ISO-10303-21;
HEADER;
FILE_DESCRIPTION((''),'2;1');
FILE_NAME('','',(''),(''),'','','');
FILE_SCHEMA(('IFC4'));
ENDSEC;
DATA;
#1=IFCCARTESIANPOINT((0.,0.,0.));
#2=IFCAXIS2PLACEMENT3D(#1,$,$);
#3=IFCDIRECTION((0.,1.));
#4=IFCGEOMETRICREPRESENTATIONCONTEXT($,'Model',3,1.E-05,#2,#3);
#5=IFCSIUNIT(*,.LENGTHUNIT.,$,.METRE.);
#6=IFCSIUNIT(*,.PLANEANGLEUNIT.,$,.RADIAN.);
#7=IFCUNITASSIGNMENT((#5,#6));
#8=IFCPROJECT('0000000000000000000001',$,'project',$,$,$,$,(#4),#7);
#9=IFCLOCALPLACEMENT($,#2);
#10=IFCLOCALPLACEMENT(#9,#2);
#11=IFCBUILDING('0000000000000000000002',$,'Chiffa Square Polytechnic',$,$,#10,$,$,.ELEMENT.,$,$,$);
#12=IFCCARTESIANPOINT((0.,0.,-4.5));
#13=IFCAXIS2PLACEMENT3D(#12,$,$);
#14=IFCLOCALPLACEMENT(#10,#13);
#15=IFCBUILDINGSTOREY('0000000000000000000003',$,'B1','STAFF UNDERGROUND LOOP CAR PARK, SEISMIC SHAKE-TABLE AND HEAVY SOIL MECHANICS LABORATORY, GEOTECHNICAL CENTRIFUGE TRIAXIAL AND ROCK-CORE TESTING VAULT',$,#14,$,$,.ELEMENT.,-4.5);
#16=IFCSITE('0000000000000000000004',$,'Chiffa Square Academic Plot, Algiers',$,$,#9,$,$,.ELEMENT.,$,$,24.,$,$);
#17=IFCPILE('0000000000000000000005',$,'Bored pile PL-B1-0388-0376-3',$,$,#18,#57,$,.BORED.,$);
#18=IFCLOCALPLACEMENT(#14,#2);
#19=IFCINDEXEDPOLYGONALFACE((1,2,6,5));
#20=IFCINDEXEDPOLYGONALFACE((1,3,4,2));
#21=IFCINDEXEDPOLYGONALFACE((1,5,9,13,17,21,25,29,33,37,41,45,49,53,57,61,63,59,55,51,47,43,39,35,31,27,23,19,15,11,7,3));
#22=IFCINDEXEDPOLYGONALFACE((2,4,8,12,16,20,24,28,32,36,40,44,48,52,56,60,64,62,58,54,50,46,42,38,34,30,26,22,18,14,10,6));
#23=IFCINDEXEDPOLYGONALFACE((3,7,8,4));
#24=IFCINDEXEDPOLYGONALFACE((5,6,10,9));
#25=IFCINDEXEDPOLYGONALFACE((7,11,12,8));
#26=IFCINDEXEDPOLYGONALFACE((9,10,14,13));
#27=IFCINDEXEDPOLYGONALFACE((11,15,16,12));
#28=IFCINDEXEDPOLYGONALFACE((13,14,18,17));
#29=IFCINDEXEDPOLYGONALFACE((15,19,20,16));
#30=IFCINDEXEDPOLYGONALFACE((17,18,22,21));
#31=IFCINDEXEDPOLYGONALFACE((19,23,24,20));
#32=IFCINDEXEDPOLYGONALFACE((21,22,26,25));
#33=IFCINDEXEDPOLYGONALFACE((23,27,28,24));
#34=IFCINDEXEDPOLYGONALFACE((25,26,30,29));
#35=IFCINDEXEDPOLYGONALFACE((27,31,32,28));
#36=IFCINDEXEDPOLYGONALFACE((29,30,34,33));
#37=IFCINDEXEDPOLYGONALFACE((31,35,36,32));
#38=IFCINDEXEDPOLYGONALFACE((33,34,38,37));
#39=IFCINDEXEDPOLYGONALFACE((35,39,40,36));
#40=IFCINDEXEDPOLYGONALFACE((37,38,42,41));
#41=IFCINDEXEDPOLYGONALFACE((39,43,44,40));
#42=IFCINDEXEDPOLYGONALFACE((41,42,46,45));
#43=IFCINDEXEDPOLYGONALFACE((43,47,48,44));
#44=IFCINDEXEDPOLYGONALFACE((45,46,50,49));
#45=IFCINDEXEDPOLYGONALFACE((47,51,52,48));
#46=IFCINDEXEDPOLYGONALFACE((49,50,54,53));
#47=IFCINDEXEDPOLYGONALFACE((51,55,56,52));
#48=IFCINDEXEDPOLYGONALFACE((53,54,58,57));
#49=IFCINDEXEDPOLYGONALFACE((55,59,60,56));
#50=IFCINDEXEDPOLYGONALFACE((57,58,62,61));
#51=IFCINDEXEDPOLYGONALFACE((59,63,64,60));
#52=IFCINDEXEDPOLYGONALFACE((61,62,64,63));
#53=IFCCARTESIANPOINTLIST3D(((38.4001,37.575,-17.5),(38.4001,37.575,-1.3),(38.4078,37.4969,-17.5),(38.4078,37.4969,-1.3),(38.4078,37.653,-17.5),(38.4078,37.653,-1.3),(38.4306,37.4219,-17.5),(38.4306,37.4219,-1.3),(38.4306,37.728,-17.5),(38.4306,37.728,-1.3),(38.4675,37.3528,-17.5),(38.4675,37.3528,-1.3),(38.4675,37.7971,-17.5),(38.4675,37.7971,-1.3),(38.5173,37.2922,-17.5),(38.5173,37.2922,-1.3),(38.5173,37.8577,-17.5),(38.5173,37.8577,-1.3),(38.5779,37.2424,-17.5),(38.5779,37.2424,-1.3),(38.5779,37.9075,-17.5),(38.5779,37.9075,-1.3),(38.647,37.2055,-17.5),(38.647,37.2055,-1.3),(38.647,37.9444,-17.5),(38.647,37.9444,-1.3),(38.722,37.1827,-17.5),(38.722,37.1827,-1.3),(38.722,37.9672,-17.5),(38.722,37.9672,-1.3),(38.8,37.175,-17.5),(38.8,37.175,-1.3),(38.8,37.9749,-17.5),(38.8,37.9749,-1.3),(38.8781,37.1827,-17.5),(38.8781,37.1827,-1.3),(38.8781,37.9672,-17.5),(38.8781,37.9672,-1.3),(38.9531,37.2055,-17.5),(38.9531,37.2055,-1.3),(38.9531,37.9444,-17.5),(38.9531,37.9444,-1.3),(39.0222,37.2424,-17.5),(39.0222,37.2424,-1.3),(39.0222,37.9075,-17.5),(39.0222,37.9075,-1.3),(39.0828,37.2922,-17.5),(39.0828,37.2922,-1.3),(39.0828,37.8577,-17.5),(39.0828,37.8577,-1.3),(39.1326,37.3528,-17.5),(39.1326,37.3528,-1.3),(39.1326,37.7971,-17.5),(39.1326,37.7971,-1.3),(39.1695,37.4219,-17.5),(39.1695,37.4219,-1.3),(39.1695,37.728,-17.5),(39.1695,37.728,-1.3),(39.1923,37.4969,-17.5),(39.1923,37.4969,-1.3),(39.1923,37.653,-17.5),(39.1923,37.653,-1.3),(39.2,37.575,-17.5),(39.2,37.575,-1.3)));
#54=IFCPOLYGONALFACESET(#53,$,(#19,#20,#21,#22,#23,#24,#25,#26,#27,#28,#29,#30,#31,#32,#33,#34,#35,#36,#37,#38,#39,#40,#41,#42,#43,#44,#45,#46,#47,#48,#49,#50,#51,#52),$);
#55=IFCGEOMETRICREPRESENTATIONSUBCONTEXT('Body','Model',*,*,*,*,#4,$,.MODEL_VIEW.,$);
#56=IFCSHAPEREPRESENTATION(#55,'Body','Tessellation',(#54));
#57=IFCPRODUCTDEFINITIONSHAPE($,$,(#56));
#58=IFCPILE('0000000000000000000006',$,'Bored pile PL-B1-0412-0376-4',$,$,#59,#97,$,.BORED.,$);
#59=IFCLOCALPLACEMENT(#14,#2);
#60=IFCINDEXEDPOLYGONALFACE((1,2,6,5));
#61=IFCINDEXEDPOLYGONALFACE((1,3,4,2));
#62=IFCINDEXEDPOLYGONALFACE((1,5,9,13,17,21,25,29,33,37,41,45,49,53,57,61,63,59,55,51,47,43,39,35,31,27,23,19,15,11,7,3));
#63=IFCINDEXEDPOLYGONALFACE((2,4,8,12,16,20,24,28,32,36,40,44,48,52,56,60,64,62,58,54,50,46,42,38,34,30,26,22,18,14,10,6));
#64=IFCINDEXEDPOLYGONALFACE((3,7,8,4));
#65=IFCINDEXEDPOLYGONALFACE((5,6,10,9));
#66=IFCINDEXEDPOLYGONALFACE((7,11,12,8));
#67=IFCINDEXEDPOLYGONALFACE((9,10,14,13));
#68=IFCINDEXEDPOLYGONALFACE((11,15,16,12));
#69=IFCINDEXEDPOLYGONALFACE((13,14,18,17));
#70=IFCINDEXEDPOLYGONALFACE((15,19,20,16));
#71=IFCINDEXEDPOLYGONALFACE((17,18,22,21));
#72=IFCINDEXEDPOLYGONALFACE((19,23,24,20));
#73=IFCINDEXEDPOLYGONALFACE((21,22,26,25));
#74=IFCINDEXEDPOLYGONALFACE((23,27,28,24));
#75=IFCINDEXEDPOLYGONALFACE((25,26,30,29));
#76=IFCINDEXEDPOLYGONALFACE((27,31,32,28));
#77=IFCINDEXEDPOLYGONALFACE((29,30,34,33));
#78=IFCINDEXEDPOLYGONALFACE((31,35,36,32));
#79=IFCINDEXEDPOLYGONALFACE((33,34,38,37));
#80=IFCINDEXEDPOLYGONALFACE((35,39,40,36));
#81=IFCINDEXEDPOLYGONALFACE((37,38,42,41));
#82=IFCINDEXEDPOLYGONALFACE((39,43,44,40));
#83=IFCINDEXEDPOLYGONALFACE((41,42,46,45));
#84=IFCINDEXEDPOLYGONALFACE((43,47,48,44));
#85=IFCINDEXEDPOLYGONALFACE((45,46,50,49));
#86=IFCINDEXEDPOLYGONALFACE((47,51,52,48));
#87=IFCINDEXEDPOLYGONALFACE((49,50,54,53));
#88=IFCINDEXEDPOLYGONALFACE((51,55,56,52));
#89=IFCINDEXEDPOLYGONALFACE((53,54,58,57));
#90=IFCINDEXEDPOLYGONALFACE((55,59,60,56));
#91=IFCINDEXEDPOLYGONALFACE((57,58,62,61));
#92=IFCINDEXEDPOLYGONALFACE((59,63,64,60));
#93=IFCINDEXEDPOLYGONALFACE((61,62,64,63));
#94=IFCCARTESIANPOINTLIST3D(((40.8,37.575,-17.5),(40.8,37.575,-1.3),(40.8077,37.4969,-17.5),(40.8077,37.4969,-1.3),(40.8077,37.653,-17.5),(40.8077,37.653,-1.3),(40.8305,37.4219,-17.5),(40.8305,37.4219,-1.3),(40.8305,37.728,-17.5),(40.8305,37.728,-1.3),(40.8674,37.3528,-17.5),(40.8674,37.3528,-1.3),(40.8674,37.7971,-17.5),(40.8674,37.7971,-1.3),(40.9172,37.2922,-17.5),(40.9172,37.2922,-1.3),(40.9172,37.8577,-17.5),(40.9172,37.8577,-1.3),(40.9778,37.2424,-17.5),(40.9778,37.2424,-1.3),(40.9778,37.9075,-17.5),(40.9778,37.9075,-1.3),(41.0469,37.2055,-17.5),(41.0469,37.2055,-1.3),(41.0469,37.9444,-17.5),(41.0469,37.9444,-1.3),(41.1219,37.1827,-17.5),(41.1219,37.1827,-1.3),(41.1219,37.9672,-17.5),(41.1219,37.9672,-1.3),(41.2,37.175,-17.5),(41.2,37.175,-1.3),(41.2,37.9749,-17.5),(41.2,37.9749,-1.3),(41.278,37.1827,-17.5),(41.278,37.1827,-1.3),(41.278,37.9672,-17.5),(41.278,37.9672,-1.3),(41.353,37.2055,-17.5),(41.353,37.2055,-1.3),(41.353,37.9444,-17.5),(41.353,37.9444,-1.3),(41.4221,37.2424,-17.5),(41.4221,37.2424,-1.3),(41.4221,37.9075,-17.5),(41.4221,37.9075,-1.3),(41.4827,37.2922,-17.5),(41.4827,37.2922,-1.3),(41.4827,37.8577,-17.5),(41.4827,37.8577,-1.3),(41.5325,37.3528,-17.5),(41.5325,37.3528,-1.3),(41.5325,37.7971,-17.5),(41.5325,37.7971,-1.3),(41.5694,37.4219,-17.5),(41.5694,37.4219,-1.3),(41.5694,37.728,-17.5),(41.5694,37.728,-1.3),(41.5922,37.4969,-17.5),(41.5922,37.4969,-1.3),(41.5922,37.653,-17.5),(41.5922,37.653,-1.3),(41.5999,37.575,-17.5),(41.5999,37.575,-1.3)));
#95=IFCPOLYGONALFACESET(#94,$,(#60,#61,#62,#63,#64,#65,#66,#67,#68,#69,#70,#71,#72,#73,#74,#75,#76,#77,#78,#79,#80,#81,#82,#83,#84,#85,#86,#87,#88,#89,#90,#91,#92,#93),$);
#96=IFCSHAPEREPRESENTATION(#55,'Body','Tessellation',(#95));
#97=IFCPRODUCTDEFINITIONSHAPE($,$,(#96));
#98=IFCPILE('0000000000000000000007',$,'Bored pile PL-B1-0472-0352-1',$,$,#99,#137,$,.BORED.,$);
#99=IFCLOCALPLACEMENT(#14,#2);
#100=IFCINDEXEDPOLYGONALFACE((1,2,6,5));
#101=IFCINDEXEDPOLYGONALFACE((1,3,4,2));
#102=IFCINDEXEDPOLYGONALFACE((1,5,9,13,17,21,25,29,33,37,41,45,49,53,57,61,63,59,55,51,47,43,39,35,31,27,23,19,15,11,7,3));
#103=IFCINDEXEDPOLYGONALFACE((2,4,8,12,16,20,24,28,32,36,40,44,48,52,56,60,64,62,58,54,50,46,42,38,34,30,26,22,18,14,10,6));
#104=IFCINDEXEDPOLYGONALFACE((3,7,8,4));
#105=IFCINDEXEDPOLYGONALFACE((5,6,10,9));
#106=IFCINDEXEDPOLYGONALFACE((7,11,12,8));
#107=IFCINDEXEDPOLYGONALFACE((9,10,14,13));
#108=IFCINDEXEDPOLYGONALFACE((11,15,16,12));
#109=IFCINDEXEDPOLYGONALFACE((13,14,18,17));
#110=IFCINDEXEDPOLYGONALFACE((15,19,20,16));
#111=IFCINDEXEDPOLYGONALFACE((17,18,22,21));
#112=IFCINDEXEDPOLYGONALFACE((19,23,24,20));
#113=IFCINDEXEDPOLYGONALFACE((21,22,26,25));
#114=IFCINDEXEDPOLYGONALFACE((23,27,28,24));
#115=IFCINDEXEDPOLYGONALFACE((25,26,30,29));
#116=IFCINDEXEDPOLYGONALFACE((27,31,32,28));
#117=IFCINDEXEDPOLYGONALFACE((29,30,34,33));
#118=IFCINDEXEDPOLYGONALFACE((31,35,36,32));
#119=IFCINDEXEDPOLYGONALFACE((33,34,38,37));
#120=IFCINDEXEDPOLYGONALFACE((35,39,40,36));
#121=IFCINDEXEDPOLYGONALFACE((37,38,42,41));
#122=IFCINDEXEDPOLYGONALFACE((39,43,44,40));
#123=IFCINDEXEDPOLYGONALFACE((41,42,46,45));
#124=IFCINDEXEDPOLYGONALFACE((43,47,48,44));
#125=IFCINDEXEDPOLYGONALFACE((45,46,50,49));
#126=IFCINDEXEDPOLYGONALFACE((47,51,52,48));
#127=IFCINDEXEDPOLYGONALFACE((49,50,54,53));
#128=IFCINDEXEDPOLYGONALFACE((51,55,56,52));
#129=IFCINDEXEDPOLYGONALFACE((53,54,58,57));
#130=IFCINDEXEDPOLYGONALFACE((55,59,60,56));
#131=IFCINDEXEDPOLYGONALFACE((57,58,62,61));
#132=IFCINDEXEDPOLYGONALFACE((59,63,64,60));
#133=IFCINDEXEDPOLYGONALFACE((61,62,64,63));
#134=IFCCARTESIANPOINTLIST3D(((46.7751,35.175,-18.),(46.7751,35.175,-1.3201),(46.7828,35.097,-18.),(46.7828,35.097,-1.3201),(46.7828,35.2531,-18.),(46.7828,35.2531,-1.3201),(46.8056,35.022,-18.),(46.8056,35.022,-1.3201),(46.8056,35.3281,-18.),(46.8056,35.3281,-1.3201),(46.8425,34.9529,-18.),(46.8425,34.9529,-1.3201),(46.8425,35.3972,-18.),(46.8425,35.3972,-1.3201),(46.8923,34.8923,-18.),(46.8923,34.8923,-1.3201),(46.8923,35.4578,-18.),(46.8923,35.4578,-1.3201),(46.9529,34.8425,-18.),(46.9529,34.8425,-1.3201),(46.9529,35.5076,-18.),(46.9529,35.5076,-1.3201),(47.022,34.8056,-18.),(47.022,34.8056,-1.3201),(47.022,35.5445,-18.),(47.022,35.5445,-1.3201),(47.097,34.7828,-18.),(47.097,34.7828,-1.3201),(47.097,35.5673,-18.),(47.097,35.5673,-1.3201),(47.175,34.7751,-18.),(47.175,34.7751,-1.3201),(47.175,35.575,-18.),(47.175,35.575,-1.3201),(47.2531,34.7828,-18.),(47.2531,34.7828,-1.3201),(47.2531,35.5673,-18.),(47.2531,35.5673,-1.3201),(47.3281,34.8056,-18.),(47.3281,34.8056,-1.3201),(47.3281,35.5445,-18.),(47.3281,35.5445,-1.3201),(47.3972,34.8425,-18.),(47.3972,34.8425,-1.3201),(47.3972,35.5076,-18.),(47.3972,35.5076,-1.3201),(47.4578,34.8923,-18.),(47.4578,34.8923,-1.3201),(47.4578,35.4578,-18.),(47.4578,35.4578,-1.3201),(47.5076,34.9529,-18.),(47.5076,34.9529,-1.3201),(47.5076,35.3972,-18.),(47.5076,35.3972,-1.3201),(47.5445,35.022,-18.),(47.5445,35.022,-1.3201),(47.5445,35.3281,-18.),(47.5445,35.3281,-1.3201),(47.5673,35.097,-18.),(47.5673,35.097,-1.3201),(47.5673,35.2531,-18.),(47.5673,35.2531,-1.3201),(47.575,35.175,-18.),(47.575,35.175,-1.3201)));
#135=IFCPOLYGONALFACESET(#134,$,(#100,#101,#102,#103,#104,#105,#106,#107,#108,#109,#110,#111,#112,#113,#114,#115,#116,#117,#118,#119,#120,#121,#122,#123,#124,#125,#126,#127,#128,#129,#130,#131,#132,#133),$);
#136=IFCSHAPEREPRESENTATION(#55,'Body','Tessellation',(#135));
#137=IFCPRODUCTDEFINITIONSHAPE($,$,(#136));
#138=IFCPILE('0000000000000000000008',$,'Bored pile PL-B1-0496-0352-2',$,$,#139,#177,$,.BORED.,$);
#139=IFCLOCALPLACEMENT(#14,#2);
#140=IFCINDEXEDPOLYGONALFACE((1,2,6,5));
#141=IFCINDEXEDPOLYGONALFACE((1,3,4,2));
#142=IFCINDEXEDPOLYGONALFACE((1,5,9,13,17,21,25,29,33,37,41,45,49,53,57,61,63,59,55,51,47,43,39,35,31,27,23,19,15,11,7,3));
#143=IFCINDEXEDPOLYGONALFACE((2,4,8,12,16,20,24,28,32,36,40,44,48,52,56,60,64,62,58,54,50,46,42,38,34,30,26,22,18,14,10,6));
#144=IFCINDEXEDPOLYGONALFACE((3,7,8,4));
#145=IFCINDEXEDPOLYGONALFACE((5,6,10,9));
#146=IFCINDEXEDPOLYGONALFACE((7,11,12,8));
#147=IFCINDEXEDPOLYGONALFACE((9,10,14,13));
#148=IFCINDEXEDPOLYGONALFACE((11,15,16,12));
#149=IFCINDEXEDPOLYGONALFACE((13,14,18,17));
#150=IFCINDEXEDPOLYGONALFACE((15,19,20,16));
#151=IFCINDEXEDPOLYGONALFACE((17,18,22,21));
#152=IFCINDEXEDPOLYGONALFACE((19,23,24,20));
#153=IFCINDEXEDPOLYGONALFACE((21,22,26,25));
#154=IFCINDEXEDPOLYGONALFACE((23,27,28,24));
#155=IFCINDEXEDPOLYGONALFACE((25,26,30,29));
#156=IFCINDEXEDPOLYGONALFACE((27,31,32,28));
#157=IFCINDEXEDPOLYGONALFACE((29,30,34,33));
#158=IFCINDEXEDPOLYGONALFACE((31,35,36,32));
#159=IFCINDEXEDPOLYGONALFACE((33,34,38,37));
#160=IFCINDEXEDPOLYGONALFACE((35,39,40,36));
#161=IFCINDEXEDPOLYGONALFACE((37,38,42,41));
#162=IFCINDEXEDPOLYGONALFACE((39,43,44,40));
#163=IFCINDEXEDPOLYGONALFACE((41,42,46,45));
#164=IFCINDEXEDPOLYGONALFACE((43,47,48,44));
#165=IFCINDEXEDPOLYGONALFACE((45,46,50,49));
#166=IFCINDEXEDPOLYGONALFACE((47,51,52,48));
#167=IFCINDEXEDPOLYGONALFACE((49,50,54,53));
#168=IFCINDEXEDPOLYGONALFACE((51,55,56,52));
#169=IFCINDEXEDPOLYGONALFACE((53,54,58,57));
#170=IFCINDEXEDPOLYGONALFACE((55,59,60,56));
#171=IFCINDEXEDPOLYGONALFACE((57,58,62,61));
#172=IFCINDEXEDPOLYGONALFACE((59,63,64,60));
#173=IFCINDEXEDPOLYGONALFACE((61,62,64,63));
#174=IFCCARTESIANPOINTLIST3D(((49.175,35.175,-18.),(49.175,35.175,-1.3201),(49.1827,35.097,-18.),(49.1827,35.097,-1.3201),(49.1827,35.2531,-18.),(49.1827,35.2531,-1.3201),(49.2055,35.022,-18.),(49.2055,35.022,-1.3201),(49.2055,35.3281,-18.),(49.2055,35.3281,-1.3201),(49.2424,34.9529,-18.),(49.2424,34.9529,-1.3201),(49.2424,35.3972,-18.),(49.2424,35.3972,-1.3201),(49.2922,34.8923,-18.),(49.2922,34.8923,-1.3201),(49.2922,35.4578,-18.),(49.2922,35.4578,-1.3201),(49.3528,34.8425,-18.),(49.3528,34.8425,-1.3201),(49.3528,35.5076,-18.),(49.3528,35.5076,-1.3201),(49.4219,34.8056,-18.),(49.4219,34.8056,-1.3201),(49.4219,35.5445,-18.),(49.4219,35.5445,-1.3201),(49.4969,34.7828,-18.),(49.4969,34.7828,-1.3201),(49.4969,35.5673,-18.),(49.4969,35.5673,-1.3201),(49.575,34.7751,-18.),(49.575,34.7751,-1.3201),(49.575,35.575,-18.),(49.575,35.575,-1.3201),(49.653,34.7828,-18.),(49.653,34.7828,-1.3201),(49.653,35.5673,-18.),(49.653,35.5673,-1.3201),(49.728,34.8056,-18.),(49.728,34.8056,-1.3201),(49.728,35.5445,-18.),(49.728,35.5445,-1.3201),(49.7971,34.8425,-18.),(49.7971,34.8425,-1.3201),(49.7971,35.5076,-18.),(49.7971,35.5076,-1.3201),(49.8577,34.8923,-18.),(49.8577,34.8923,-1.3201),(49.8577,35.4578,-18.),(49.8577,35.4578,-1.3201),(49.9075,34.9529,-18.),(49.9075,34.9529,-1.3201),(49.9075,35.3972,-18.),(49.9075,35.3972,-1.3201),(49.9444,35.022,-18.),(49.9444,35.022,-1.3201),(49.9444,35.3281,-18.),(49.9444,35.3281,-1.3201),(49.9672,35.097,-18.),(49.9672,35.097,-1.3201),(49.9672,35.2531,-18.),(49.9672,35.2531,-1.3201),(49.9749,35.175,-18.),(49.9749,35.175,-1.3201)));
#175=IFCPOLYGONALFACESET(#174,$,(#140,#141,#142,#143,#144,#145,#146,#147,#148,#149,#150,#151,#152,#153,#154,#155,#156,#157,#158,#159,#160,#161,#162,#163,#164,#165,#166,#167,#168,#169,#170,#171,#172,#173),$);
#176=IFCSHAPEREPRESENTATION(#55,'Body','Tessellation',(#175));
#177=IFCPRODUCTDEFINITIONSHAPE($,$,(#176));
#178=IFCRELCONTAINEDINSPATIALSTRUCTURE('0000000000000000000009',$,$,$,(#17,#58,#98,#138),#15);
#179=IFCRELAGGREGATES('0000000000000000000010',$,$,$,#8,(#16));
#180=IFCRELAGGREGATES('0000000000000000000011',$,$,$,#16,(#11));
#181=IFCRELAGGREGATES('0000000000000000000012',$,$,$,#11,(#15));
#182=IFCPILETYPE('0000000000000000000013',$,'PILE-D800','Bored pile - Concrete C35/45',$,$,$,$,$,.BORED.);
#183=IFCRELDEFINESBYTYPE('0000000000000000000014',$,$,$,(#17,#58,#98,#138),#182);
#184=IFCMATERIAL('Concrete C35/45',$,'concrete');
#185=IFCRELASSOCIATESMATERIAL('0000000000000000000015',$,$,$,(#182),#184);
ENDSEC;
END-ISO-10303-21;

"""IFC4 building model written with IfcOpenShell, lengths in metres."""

from ifc_helpers import new_model, si_unit, direction, frame, origin, origin_2d, place, context, subcontext, project, spatial, circle, extrude, material, material_profile, profile_set, type_object, element, save


model = new_model("IFC4")

# Units and contexts
model_context = context("Model", 3, precision=1e-05, world=origin(), true_north=direction((0.0, 1.0)))
body_context = subcontext(model_context, "Body", "Model", "MODEL_VIEW")
ifc_project = project(units=[si_unit("LENGTHUNIT", "METRE"), si_unit("PLANEANGLEUNIT", "RADIAN")], contexts=[model_context])

# Site, building, storey
site_placement = place(None, origin())
site = spatial("IfcSite", under=ifc_project, at=site_placement, Name="Chiffa Square Academic Plot, Algiers", CompositionType="ELEMENT", RefElevation=24.0)
building_placement = place(site_placement, origin())
building = spatial("IfcBuilding", under=site, at=building_placement, Name="Chiffa Square Polytechnic", CompositionType="ELEMENT")
storey_placement = place(building_placement, frame((0.0, 0.0, -4.5)))
storey = spatial("IfcBuildingStorey", under=building, at=storey_placement, Name="B1", Description="STAFF UNDERGROUND LOOP CAR PARK, SEISMIC SHAKE-TABLE AND HEAVY SOIL MECHANICS LABORATORY, GEOTECHNICAL CENTRIFUGE TRIAXIAL AND ROCK-CORE TESTING VAULT", CompositionType="ELEMENT", Elevation=-4.5)

# Shared definitions
ifc_material = material(Name="Concrete C35/45", Category="concrete")

# Piles
ifc_material_profile_1 = material_profile(ifc_material, circle(Radius=0.3999, at=origin_2d()), Name="PILE D800")
ifc_profile_set_1 = profile_set([ifc_material_profile_1], Name="Concrete C35/45")
pile_type_1 = type_object("IfcPileType", Name="PILE-D800", Description="Bored pile - Concrete C35/45", PredefinedType="BORED", material=ifc_profile_set_1)
for number, where, z_axis, x_axis, name in (
    (1, (38.8, 37.575, -1.3), (0.0, 0.0, -1.0), (1.0, 0.0, 0.0), "Bored pile PL-B1-0388-0376-3"),
    (2, (41.2, 37.575, -1.3), (0.0, 0.0, -1.0), (1.0, 0.0, 0.0), "Bored pile PL-B1-0412-0376-4"),
):
    element("IfcPile", number, at=place(storey_placement, frame(where, z_axis=z_axis, x_axis=x_axis)), inside=storey, type_object=pile_type_1, Name=name, PredefinedType="BORED", context=body_context, shape_type="SweptSolid", body=[
        extrude(circle(Radius=0.3999, at=origin_2d()), origin(), (0.0, 0.0, 1.0), 16.2),
    ])
for number, where, z_axis, x_axis, name in (
    (3, (47.175, 35.175, -1.3201), (0.0, 0.0, -1.0), (1.0, 0.0, 0.0), "Bored pile PL-B1-0472-0352-1"),
    (4, (49.575, 35.175, -1.3201), (0.0, 0.0, -1.0), (1.0, 0.0, 0.0), "Bored pile PL-B1-0496-0352-2"),
):
    element("IfcPile", number, at=place(storey_placement, frame(where, z_axis=z_axis, x_axis=x_axis)), inside=storey, type_object=pile_type_1, Name=name, PredefinedType="BORED", context=body_context, shape_type="SweptSolid", body=[
        extrude(circle(Radius=0.3999, at=origin_2d()), origin(), (0.0, 0.0, 1.0), 16.6799),
    ])

save(model, "model.ifc")
